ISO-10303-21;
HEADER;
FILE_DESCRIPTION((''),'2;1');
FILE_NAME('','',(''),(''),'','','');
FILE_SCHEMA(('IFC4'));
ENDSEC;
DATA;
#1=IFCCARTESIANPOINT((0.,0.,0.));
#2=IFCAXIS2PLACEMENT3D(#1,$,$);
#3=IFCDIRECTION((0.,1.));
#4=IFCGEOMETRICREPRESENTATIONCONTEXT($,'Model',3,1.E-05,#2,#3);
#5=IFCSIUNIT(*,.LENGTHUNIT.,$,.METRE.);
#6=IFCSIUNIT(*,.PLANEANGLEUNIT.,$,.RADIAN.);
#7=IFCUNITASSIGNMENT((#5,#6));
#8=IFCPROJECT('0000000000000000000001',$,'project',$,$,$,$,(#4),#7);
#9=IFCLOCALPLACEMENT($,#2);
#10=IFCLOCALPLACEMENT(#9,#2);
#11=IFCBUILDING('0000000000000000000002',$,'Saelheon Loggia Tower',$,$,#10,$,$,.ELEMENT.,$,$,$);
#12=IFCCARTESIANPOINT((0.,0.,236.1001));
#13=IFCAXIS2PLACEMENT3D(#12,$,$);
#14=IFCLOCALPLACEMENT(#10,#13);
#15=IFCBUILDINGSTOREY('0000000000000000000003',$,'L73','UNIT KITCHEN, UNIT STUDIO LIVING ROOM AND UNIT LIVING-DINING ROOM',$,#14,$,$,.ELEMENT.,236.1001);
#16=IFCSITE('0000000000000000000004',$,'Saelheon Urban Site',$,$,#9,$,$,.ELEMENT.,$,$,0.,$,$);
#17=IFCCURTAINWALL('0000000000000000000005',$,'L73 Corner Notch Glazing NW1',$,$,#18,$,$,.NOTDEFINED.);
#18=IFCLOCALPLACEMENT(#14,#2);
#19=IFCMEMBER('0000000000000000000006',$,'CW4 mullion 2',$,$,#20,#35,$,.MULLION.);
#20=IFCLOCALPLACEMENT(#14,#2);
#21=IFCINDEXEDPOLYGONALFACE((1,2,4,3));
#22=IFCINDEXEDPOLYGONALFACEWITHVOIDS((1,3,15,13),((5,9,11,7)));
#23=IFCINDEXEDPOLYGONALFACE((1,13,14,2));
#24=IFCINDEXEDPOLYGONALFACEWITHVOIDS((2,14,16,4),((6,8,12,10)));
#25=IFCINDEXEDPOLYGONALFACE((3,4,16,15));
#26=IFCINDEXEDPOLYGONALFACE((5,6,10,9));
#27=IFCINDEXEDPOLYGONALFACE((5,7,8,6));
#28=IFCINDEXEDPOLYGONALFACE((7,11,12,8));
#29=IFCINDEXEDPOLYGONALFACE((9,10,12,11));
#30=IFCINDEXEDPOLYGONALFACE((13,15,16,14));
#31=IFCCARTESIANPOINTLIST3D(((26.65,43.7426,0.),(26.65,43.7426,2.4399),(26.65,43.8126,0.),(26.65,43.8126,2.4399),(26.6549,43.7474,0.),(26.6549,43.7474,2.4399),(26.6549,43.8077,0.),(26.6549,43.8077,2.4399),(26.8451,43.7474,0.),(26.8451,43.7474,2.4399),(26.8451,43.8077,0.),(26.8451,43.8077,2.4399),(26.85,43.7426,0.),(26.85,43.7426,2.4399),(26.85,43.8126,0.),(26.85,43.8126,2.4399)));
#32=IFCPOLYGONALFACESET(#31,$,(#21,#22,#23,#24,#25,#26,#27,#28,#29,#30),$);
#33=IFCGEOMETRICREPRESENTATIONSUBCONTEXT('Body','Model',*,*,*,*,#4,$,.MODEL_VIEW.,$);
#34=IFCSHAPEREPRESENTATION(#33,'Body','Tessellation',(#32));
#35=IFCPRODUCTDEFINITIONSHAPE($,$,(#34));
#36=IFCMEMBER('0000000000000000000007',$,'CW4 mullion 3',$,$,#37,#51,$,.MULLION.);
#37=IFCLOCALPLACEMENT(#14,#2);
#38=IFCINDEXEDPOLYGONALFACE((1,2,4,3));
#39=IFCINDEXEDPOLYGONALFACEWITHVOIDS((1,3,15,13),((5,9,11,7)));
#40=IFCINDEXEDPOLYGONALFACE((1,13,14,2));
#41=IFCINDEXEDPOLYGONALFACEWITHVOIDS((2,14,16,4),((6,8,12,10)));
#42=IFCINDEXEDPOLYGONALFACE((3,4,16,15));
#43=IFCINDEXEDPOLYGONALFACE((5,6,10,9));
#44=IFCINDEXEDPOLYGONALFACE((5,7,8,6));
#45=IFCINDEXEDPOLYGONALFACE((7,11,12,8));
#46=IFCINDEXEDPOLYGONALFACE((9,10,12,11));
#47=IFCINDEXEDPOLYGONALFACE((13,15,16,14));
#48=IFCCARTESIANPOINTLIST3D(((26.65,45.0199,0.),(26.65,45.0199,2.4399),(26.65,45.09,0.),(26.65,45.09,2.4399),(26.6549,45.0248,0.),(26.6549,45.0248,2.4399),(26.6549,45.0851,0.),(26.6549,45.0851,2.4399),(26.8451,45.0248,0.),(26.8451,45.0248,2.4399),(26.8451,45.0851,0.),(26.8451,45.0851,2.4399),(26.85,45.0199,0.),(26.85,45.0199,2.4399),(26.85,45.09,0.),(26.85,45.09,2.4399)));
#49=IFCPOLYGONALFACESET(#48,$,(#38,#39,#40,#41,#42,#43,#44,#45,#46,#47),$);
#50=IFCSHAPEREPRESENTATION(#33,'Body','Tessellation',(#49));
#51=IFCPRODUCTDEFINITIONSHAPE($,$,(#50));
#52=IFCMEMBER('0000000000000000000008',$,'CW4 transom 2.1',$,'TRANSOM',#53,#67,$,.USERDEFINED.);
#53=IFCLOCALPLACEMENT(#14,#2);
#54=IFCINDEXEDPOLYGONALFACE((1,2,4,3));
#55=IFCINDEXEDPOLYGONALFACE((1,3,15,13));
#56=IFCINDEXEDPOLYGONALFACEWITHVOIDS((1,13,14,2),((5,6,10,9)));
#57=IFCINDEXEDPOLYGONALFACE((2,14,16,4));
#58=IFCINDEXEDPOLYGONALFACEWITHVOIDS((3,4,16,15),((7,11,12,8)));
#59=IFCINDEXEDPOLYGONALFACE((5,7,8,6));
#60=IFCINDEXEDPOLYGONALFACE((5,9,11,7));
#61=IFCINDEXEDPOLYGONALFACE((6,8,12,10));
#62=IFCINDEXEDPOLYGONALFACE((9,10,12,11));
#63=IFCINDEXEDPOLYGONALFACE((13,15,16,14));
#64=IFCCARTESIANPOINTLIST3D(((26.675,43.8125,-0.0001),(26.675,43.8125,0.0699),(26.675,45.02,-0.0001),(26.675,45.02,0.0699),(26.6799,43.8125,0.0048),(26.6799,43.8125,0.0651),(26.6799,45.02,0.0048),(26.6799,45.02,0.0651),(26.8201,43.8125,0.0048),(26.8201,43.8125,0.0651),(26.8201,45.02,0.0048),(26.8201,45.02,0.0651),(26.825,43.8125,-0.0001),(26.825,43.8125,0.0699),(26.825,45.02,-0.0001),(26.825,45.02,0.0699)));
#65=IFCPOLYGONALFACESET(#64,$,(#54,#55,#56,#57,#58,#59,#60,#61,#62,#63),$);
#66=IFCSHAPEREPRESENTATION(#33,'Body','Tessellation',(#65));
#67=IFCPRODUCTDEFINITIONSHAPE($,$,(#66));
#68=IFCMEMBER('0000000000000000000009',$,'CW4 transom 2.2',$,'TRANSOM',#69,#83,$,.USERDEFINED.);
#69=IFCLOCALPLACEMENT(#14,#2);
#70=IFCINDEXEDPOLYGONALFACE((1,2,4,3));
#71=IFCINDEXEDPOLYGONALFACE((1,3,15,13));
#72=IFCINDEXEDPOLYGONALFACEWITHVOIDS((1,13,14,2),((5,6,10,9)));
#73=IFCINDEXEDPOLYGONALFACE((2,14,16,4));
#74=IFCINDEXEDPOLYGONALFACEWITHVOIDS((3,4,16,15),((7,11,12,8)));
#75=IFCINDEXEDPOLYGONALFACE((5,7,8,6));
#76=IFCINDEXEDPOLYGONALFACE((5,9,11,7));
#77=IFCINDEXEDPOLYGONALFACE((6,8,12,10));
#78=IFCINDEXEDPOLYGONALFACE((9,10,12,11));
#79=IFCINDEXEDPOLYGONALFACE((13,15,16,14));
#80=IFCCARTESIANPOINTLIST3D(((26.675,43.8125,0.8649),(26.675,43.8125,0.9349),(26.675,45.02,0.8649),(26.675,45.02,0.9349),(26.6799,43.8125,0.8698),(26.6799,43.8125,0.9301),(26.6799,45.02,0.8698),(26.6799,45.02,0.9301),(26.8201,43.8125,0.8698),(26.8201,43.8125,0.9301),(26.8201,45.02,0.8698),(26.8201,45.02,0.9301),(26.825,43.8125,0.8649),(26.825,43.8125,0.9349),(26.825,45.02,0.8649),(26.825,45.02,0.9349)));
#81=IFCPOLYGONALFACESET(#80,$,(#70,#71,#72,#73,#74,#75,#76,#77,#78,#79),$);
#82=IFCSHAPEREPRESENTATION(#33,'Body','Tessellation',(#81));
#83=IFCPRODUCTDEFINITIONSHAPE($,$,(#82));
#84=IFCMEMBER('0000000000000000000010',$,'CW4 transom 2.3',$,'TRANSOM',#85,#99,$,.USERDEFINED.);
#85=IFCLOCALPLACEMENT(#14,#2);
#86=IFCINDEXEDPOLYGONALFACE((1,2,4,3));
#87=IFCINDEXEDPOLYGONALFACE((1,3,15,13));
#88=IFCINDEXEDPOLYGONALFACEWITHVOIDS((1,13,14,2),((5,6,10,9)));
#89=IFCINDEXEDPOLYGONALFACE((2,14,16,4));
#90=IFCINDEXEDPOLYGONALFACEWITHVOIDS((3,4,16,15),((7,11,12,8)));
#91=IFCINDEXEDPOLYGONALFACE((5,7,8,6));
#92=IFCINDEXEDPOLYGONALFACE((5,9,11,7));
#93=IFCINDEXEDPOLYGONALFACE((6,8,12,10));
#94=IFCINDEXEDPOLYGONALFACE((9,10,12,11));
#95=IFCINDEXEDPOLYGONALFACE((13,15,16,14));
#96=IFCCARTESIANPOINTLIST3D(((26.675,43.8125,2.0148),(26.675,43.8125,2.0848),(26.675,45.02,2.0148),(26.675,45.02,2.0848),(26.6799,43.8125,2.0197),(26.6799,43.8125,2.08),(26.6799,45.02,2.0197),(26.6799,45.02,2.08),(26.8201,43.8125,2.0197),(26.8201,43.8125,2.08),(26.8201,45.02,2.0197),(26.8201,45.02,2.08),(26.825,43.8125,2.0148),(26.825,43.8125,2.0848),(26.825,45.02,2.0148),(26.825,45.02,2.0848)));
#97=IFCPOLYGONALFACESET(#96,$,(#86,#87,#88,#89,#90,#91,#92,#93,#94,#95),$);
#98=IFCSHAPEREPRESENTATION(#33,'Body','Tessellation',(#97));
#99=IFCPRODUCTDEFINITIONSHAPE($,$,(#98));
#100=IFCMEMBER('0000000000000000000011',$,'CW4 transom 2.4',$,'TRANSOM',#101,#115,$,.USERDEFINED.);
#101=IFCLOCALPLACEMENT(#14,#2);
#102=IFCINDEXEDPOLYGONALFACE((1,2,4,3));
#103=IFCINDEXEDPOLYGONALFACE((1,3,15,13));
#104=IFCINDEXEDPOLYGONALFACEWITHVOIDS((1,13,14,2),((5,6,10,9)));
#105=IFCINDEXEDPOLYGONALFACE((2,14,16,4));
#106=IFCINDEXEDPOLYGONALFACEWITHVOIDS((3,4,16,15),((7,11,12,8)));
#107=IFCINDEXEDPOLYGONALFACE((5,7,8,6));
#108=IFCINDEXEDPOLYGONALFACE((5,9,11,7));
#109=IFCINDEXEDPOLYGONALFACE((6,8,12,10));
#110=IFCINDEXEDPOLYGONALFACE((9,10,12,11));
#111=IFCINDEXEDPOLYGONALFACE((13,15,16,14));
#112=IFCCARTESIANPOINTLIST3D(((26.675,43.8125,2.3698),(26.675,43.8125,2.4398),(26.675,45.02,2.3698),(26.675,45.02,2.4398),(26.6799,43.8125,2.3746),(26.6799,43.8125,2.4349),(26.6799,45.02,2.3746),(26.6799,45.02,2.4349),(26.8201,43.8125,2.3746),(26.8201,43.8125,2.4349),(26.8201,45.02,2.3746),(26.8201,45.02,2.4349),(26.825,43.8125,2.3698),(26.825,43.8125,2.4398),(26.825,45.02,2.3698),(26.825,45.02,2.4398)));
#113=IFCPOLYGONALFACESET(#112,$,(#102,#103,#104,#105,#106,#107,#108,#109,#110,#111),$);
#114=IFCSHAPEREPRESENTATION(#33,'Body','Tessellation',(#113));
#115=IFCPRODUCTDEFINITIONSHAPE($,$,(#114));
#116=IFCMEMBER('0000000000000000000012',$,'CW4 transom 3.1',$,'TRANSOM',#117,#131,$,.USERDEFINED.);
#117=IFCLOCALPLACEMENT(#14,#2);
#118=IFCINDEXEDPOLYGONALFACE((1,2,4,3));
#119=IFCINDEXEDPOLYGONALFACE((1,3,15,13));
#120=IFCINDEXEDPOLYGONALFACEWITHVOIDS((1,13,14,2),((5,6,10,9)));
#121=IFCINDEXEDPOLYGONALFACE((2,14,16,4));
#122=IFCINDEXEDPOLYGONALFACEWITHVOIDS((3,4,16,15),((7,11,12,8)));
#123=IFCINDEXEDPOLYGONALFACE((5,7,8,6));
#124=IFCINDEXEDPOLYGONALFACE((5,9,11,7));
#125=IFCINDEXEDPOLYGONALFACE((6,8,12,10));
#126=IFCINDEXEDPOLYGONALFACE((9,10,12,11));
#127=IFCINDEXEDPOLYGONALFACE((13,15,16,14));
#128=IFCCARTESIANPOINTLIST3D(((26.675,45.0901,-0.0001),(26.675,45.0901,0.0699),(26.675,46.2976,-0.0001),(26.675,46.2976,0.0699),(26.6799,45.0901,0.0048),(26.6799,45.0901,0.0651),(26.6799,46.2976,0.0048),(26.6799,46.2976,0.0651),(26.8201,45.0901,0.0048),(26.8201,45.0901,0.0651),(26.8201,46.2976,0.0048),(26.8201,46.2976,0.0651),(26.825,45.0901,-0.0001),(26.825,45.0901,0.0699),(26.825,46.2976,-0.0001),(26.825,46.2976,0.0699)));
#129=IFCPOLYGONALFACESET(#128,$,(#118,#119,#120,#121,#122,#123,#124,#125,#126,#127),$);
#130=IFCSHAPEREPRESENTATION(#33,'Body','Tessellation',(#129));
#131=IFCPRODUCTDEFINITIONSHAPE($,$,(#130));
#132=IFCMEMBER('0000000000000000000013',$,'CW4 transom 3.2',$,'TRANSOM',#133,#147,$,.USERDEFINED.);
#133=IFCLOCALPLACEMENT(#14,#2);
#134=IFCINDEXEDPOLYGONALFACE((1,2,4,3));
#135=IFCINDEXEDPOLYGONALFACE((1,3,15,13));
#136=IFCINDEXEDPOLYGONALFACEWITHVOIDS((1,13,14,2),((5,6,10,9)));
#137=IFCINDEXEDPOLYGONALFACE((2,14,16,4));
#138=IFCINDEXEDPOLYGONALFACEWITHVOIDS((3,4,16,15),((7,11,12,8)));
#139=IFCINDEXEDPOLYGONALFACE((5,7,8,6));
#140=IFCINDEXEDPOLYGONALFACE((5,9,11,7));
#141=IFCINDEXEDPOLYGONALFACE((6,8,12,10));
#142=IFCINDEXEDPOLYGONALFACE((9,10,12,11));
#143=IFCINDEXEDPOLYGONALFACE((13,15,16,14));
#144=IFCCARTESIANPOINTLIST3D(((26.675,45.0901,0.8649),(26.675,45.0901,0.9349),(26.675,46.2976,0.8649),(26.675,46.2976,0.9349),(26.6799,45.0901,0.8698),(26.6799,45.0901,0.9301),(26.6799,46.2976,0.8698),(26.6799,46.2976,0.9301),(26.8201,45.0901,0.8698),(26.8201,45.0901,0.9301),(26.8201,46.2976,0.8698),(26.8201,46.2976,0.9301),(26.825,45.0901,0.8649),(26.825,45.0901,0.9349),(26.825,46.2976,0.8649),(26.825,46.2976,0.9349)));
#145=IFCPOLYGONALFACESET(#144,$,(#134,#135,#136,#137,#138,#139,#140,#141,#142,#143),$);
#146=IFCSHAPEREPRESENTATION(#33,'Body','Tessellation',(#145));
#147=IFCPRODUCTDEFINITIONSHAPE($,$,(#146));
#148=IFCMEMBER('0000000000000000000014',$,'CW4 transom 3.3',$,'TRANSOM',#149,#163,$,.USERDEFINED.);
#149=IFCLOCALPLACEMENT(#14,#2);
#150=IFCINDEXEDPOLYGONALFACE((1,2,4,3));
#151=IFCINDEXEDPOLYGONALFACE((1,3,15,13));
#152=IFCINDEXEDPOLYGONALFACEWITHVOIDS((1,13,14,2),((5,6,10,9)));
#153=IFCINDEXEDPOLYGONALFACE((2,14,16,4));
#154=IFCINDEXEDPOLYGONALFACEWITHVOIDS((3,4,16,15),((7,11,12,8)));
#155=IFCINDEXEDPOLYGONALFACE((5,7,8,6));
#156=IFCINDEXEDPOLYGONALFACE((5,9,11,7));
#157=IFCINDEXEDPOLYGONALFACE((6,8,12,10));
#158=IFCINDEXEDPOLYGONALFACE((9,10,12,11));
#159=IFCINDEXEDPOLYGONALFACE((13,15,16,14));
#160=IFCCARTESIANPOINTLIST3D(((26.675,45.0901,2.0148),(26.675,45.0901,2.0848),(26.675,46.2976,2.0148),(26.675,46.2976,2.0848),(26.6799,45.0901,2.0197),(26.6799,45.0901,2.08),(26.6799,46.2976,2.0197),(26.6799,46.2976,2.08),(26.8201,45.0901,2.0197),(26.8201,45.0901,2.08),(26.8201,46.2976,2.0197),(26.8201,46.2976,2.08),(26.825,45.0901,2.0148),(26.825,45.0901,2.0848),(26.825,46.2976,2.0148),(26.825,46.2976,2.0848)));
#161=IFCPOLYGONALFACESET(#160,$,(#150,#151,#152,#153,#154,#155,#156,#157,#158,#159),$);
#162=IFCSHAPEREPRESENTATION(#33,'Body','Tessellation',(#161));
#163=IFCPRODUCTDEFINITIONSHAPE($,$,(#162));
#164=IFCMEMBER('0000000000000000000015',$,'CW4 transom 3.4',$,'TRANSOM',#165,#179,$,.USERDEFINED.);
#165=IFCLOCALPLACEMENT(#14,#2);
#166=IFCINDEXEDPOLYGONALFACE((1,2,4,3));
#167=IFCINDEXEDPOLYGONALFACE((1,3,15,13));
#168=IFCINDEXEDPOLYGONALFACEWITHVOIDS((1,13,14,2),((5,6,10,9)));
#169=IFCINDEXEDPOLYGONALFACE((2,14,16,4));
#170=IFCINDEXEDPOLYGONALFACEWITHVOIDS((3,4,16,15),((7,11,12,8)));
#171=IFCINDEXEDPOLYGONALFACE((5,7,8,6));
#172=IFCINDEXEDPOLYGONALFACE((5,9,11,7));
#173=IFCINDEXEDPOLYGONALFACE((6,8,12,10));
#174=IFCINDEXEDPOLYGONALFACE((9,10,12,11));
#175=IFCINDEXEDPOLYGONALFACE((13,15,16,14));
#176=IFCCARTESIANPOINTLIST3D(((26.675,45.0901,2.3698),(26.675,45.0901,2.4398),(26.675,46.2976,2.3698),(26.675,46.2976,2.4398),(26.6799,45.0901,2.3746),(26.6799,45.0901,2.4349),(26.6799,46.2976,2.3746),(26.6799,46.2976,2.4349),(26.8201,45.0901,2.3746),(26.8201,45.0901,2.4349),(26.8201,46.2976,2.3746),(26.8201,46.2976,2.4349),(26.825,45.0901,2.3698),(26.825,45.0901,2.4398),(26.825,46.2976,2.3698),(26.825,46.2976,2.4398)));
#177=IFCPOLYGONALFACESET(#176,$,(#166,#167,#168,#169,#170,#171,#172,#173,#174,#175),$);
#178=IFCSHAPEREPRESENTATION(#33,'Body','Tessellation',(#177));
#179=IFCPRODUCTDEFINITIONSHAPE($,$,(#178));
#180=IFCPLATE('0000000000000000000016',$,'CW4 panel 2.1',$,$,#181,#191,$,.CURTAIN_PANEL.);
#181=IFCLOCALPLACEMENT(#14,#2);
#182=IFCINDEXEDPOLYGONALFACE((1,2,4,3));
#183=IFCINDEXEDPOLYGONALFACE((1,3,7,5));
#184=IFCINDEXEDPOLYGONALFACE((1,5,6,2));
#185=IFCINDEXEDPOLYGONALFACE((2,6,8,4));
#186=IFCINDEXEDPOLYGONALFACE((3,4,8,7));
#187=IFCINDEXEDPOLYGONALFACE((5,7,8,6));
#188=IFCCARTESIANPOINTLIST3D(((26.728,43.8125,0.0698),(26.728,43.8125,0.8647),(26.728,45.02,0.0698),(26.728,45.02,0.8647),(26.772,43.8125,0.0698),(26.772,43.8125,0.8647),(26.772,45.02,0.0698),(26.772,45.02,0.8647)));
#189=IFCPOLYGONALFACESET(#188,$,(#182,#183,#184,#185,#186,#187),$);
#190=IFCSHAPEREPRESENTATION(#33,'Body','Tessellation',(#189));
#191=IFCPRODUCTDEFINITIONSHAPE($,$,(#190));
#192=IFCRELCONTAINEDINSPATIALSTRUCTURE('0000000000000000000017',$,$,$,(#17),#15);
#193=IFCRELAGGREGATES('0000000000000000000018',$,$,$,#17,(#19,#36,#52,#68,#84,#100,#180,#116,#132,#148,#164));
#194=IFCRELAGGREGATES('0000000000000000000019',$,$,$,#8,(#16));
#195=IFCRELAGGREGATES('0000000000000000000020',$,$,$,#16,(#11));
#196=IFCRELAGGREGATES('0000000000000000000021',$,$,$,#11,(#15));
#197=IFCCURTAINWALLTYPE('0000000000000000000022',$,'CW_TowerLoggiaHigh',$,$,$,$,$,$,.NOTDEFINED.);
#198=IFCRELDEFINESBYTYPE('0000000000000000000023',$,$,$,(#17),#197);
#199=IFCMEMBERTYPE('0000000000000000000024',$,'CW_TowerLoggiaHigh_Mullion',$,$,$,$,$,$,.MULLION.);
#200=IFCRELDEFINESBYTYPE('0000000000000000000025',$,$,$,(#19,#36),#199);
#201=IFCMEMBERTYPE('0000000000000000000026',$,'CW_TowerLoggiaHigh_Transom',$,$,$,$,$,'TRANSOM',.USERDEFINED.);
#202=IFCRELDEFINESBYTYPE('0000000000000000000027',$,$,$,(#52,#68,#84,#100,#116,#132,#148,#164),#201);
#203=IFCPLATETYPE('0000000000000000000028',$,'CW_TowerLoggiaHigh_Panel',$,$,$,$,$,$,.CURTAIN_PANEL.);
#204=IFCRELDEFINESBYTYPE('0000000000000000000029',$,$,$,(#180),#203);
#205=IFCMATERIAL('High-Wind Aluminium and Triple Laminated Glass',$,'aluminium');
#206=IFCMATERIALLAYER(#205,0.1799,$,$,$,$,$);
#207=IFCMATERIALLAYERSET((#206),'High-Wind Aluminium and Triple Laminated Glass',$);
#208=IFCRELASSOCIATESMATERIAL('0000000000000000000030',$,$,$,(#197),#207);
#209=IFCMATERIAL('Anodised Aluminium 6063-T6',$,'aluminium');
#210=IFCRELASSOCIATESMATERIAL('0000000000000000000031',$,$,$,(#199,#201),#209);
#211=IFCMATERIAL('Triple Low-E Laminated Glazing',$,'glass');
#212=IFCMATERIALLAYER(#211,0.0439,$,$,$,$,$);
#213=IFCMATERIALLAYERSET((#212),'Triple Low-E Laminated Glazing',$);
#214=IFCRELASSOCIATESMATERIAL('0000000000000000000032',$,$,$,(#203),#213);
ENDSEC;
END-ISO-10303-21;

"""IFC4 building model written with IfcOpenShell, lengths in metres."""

from ifc_helpers import new_model, si_unit, direction, frame, origin, origin_2d, place, context, subcontext, project, spatial, rectangle, hollow_rectangle, extrude, source, transform, mapped, material, layer, layer_set, material_profile, profile_set, type_object, element, aggregate, save


model = new_model("IFC4")

# Units and contexts
model_context = context("Model", 3, precision=1e-05, world=origin(), true_north=direction((0.0, 1.0)))
body_context = subcontext(model_context, "Body", "Model", "MODEL_VIEW")
ifc_project = project(units=[si_unit("LENGTHUNIT", "METRE"), si_unit("PLANEANGLEUNIT", "RADIAN")], contexts=[model_context])

# Site, building, storey
site_placement = place(None, origin())
site = spatial("IfcSite", under=ifc_project, at=site_placement, Name="Saelheon Urban Site", CompositionType="ELEMENT", RefElevation=0.0)
building_placement = place(site_placement, origin())
building = spatial("IfcBuilding", under=site, at=building_placement, Name="Saelheon Loggia Tower", CompositionType="ELEMENT")
storey_placement = place(building_placement, frame((0.0, 0.0, 236.1001)))
storey = spatial("IfcBuildingStorey", under=building, at=storey_placement, Name="L73", Description="UNIT KITCHEN, UNIT STUDIO LIVING ROOM AND UNIT LIVING-DINING ROOM", CompositionType="ELEMENT", Elevation=236.1001)

# Curtain wall, members, plate
ifc_material_1 = material(Name="High-Wind Aluminium and Triple Laminated Glass", Category="aluminium")
ifc_layer_1 = layer(ifc_material_1, 0.1799)
ifc_layer_set_1 = layer_set([ifc_layer_1], Name="High-Wind Aluminium and Triple Laminated Glass")
curtain_wall_type = type_object("IfcCurtainWallType", Name="CW_TowerLoggiaHigh", PredefinedType="NOTDEFINED", material=ifc_layer_set_1)
curtain_wall_placement = place(storey_placement, origin())
curtain_wall = element("IfcCurtainWall", 1, at=curtain_wall_placement, inside=storey, type_object=curtain_wall_type, Name="L73 Corner Notch Glazing NW1", PredefinedType="NOTDEFINED")
ifc_material_2 = material(Name="Anodised Aluminium 6063-T6", Category="aluminium")
ifc_material_profile_1 = material_profile(ifc_material_2, hollow_rectangle(XDim=0.0701, YDim=0.2, WallThickness=0.0049, at=origin_2d()), Name="RHS-200x70x5")
ifc_profile_set_1 = profile_set([ifc_material_profile_1], Name="Anodised Aluminium 6063-T6")
member_type_1 = type_object("IfcMemberType", Name="CW_TowerLoggiaHigh_Mullion", PredefinedType="MULLION", material=ifc_profile_set_1)
shared_shape_1 = source(origin(), body_context, "Body", "SweptSolid", [
    extrude(hollow_rectangle(XDim=0.0701, YDim=0.2, WallThickness=0.0049, at=origin_2d()), origin(), (0.0, 0.0, 1.0), 2.4399),
])
member_1_placement = place(storey_placement, frame((26.75, 43.7776, 0.0), z_axis=(0.0, 0.0, 1.0), x_axis=(0.0, 1.0, 0.0)))
member_1 = element("IfcMember", 2, at=member_1_placement, type_object=member_type_1, Name="CW4 mullion 2", PredefinedType="MULLION", context=body_context, shape_type="MappedRepresentation", body=[
    mapped(shared_shape_1, transform((0.0, 0.0, 0.0), scale=1.0)),
])
member_2_placement = place(storey_placement, frame((26.75, 45.0549, 0.0), z_axis=(0.0, 0.0, 1.0), x_axis=(0.0, 1.0, 0.0)))
member_2 = element("IfcMember", 3, at=member_2_placement, type_object=member_type_1, Name="CW4 mullion 3", PredefinedType="MULLION", context=body_context, shape_type="MappedRepresentation", body=[
    mapped(shared_shape_1, transform((0.0, 0.0, 0.0), scale=1.0)),
])
ifc_material_profile_2 = material_profile(ifc_material_2, hollow_rectangle(XDim=0.0701, YDim=0.1499, WallThickness=0.0049, at=origin_2d()), Name="RHS-150x70x5")
ifc_profile_set_2 = profile_set([ifc_material_profile_2], Name="Anodised Aluminium 6063-T6")
member_type_2 = type_object("IfcMemberType", Name="CW_TowerLoggiaHigh_Transom", ElementType="TRANSOM", PredefinedType="USERDEFINED", material=ifc_profile_set_2)
shared_shape_2 = source(origin(), body_context, "Body", "SweptSolid", [
    extrude(hollow_rectangle(XDim=0.0701, YDim=0.1499, WallThickness=0.0049, at=origin_2d()), origin(), (0.0, 0.0, 1.0), 1.2075),
])
member_3_placement = place(storey_placement, frame((26.75, 43.8125, 0.0349), z_axis=(0.0, 1.0, 0.0), x_axis=(0.0, 0.0, 1.0)))
member_3 = element("IfcMember", 4, at=member_3_placement, type_object=member_type_2, Name="CW4 transom 2.1", ObjectType="TRANSOM", PredefinedType="USERDEFINED", context=body_context, shape_type="MappedRepresentation", body=[
    mapped(shared_shape_2, transform((0.0, 0.0, 0.0), scale=1.0)),
])
member_4_placement = place(storey_placement, frame((26.75, 43.8125, 0.8999), z_axis=(0.0, 1.0, 0.0), x_axis=(0.0, 0.0, 1.0)))
member_4 = element("IfcMember", 5, at=member_4_placement, type_object=member_type_2, Name="CW4 transom 2.2", ObjectType="TRANSOM", PredefinedType="USERDEFINED", context=body_context, shape_type="MappedRepresentation", body=[
    mapped(shared_shape_2, transform((0.0, 0.0, 0.0), scale=1.0)),
])
member_5_placement = place(storey_placement, frame((26.75, 43.8125, 2.0498), z_axis=(0.0, 1.0, 0.0), x_axis=(0.0, 0.0, 1.0)))
member_5 = element("IfcMember", 6, at=member_5_placement, type_object=member_type_2, Name="CW4 transom 2.3", ObjectType="TRANSOM", PredefinedType="USERDEFINED", context=body_context, shape_type="MappedRepresentation", body=[
    mapped(shared_shape_2, transform((0.0, 0.0, 0.0), scale=1.0)),
])
member_6_placement = place(storey_placement, frame((26.75, 43.8125, 2.4048), z_axis=(0.0, 1.0, 0.0), x_axis=(0.0, 0.0, 1.0)))
member_6 = element("IfcMember", 7, at=member_6_placement, type_object=member_type_2, Name="CW4 transom 2.4", ObjectType="TRANSOM", PredefinedType="USERDEFINED", context=body_context, shape_type="MappedRepresentation", body=[
    mapped(shared_shape_2, transform((0.0, 0.0, 0.0), scale=1.0)),
])
member_7_placement = place(storey_placement, frame((26.75, 45.0901, 0.0349), z_axis=(0.0, 1.0, 0.0), x_axis=(0.0, 0.0, 1.0)))
member_7 = element("IfcMember", 8, at=member_7_placement, type_object=member_type_2, Name="CW4 transom 3.1", ObjectType="TRANSOM", PredefinedType="USERDEFINED", context=body_context, shape_type="MappedRepresentation", body=[
    mapped(shared_shape_2, transform((0.0, 0.0, 0.0), scale=1.0)),
])
member_8_placement = place(storey_placement, frame((26.75, 45.0901, 0.8999), z_axis=(0.0, 1.0, 0.0), x_axis=(0.0, 0.0, 1.0)))
member_8 = element("IfcMember", 9, at=member_8_placement, type_object=member_type_2, Name="CW4 transom 3.2", ObjectType="TRANSOM", PredefinedType="USERDEFINED", context=body_context, shape_type="MappedRepresentation", body=[
    mapped(shared_shape_2, transform((0.0, 0.0, 0.0), scale=1.0)),
])
member_9_placement = place(storey_placement, frame((26.75, 45.0901, 2.0498), z_axis=(0.0, 1.0, 0.0), x_axis=(0.0, 0.0, 1.0)))
member_9 = element("IfcMember", 10, at=member_9_placement, type_object=member_type_2, Name="CW4 transom 3.3", ObjectType="TRANSOM", PredefinedType="USERDEFINED", context=body_context, shape_type="MappedRepresentation", body=[
    mapped(shared_shape_2, transform((0.0, 0.0, 0.0), scale=1.0)),
])
member_10_placement = place(storey_placement, frame((26.75, 45.0901, 2.4048), z_axis=(0.0, 1.0, 0.0), x_axis=(0.0, 0.0, 1.0)))
member_10 = element("IfcMember", 11, at=member_10_placement, type_object=member_type_2, Name="CW4 transom 3.4", ObjectType="TRANSOM", PredefinedType="USERDEFINED", context=body_context, shape_type="MappedRepresentation", body=[
    mapped(shared_shape_2, transform((0.0, 0.0, 0.0), scale=1.0)),
])
ifc_material_3 = material(Name="Triple Low-E Laminated Glazing", Category="glass")
ifc_layer_2 = layer(ifc_material_3, 0.0439)
ifc_layer_set_2 = layer_set([ifc_layer_2], Name="Triple Low-E Laminated Glazing")
plate_type = type_object("IfcPlateType", Name="CW_TowerLoggiaHigh_Panel", PredefinedType="CURTAIN_PANEL", material=ifc_layer_set_2)
shared_shape_3 = source(origin(), body_context, "Body", "SweptSolid", [
    extrude(rectangle(XDim=1.2075, YDim=0.0439, at=origin_2d()), origin(), (0.0, 0.0, 1.0), 0.7949),
])
plate_1_placement = place(storey_placement, frame((26.75, 44.4163, 0.0698), z_axis=(0.0, 0.0, 1.0), x_axis=(0.0, 1.0, 0.0)))
plate_1 = element("IfcPlate", 12, at=plate_1_placement, type_object=plate_type, Name="CW4 panel 2.1", PredefinedType="CURTAIN_PANEL", context=body_context, shape_type="MappedRepresentation", body=[
    mapped(shared_shape_3, transform((0.0, 0.0, 0.0), scale=1.0)),
])
aggregate(curtain_wall, [member_1, member_2, member_3, member_4, member_5, member_6, plate_1, member_7, member_8, member_9, member_10])

save(model, "model.ifc")
